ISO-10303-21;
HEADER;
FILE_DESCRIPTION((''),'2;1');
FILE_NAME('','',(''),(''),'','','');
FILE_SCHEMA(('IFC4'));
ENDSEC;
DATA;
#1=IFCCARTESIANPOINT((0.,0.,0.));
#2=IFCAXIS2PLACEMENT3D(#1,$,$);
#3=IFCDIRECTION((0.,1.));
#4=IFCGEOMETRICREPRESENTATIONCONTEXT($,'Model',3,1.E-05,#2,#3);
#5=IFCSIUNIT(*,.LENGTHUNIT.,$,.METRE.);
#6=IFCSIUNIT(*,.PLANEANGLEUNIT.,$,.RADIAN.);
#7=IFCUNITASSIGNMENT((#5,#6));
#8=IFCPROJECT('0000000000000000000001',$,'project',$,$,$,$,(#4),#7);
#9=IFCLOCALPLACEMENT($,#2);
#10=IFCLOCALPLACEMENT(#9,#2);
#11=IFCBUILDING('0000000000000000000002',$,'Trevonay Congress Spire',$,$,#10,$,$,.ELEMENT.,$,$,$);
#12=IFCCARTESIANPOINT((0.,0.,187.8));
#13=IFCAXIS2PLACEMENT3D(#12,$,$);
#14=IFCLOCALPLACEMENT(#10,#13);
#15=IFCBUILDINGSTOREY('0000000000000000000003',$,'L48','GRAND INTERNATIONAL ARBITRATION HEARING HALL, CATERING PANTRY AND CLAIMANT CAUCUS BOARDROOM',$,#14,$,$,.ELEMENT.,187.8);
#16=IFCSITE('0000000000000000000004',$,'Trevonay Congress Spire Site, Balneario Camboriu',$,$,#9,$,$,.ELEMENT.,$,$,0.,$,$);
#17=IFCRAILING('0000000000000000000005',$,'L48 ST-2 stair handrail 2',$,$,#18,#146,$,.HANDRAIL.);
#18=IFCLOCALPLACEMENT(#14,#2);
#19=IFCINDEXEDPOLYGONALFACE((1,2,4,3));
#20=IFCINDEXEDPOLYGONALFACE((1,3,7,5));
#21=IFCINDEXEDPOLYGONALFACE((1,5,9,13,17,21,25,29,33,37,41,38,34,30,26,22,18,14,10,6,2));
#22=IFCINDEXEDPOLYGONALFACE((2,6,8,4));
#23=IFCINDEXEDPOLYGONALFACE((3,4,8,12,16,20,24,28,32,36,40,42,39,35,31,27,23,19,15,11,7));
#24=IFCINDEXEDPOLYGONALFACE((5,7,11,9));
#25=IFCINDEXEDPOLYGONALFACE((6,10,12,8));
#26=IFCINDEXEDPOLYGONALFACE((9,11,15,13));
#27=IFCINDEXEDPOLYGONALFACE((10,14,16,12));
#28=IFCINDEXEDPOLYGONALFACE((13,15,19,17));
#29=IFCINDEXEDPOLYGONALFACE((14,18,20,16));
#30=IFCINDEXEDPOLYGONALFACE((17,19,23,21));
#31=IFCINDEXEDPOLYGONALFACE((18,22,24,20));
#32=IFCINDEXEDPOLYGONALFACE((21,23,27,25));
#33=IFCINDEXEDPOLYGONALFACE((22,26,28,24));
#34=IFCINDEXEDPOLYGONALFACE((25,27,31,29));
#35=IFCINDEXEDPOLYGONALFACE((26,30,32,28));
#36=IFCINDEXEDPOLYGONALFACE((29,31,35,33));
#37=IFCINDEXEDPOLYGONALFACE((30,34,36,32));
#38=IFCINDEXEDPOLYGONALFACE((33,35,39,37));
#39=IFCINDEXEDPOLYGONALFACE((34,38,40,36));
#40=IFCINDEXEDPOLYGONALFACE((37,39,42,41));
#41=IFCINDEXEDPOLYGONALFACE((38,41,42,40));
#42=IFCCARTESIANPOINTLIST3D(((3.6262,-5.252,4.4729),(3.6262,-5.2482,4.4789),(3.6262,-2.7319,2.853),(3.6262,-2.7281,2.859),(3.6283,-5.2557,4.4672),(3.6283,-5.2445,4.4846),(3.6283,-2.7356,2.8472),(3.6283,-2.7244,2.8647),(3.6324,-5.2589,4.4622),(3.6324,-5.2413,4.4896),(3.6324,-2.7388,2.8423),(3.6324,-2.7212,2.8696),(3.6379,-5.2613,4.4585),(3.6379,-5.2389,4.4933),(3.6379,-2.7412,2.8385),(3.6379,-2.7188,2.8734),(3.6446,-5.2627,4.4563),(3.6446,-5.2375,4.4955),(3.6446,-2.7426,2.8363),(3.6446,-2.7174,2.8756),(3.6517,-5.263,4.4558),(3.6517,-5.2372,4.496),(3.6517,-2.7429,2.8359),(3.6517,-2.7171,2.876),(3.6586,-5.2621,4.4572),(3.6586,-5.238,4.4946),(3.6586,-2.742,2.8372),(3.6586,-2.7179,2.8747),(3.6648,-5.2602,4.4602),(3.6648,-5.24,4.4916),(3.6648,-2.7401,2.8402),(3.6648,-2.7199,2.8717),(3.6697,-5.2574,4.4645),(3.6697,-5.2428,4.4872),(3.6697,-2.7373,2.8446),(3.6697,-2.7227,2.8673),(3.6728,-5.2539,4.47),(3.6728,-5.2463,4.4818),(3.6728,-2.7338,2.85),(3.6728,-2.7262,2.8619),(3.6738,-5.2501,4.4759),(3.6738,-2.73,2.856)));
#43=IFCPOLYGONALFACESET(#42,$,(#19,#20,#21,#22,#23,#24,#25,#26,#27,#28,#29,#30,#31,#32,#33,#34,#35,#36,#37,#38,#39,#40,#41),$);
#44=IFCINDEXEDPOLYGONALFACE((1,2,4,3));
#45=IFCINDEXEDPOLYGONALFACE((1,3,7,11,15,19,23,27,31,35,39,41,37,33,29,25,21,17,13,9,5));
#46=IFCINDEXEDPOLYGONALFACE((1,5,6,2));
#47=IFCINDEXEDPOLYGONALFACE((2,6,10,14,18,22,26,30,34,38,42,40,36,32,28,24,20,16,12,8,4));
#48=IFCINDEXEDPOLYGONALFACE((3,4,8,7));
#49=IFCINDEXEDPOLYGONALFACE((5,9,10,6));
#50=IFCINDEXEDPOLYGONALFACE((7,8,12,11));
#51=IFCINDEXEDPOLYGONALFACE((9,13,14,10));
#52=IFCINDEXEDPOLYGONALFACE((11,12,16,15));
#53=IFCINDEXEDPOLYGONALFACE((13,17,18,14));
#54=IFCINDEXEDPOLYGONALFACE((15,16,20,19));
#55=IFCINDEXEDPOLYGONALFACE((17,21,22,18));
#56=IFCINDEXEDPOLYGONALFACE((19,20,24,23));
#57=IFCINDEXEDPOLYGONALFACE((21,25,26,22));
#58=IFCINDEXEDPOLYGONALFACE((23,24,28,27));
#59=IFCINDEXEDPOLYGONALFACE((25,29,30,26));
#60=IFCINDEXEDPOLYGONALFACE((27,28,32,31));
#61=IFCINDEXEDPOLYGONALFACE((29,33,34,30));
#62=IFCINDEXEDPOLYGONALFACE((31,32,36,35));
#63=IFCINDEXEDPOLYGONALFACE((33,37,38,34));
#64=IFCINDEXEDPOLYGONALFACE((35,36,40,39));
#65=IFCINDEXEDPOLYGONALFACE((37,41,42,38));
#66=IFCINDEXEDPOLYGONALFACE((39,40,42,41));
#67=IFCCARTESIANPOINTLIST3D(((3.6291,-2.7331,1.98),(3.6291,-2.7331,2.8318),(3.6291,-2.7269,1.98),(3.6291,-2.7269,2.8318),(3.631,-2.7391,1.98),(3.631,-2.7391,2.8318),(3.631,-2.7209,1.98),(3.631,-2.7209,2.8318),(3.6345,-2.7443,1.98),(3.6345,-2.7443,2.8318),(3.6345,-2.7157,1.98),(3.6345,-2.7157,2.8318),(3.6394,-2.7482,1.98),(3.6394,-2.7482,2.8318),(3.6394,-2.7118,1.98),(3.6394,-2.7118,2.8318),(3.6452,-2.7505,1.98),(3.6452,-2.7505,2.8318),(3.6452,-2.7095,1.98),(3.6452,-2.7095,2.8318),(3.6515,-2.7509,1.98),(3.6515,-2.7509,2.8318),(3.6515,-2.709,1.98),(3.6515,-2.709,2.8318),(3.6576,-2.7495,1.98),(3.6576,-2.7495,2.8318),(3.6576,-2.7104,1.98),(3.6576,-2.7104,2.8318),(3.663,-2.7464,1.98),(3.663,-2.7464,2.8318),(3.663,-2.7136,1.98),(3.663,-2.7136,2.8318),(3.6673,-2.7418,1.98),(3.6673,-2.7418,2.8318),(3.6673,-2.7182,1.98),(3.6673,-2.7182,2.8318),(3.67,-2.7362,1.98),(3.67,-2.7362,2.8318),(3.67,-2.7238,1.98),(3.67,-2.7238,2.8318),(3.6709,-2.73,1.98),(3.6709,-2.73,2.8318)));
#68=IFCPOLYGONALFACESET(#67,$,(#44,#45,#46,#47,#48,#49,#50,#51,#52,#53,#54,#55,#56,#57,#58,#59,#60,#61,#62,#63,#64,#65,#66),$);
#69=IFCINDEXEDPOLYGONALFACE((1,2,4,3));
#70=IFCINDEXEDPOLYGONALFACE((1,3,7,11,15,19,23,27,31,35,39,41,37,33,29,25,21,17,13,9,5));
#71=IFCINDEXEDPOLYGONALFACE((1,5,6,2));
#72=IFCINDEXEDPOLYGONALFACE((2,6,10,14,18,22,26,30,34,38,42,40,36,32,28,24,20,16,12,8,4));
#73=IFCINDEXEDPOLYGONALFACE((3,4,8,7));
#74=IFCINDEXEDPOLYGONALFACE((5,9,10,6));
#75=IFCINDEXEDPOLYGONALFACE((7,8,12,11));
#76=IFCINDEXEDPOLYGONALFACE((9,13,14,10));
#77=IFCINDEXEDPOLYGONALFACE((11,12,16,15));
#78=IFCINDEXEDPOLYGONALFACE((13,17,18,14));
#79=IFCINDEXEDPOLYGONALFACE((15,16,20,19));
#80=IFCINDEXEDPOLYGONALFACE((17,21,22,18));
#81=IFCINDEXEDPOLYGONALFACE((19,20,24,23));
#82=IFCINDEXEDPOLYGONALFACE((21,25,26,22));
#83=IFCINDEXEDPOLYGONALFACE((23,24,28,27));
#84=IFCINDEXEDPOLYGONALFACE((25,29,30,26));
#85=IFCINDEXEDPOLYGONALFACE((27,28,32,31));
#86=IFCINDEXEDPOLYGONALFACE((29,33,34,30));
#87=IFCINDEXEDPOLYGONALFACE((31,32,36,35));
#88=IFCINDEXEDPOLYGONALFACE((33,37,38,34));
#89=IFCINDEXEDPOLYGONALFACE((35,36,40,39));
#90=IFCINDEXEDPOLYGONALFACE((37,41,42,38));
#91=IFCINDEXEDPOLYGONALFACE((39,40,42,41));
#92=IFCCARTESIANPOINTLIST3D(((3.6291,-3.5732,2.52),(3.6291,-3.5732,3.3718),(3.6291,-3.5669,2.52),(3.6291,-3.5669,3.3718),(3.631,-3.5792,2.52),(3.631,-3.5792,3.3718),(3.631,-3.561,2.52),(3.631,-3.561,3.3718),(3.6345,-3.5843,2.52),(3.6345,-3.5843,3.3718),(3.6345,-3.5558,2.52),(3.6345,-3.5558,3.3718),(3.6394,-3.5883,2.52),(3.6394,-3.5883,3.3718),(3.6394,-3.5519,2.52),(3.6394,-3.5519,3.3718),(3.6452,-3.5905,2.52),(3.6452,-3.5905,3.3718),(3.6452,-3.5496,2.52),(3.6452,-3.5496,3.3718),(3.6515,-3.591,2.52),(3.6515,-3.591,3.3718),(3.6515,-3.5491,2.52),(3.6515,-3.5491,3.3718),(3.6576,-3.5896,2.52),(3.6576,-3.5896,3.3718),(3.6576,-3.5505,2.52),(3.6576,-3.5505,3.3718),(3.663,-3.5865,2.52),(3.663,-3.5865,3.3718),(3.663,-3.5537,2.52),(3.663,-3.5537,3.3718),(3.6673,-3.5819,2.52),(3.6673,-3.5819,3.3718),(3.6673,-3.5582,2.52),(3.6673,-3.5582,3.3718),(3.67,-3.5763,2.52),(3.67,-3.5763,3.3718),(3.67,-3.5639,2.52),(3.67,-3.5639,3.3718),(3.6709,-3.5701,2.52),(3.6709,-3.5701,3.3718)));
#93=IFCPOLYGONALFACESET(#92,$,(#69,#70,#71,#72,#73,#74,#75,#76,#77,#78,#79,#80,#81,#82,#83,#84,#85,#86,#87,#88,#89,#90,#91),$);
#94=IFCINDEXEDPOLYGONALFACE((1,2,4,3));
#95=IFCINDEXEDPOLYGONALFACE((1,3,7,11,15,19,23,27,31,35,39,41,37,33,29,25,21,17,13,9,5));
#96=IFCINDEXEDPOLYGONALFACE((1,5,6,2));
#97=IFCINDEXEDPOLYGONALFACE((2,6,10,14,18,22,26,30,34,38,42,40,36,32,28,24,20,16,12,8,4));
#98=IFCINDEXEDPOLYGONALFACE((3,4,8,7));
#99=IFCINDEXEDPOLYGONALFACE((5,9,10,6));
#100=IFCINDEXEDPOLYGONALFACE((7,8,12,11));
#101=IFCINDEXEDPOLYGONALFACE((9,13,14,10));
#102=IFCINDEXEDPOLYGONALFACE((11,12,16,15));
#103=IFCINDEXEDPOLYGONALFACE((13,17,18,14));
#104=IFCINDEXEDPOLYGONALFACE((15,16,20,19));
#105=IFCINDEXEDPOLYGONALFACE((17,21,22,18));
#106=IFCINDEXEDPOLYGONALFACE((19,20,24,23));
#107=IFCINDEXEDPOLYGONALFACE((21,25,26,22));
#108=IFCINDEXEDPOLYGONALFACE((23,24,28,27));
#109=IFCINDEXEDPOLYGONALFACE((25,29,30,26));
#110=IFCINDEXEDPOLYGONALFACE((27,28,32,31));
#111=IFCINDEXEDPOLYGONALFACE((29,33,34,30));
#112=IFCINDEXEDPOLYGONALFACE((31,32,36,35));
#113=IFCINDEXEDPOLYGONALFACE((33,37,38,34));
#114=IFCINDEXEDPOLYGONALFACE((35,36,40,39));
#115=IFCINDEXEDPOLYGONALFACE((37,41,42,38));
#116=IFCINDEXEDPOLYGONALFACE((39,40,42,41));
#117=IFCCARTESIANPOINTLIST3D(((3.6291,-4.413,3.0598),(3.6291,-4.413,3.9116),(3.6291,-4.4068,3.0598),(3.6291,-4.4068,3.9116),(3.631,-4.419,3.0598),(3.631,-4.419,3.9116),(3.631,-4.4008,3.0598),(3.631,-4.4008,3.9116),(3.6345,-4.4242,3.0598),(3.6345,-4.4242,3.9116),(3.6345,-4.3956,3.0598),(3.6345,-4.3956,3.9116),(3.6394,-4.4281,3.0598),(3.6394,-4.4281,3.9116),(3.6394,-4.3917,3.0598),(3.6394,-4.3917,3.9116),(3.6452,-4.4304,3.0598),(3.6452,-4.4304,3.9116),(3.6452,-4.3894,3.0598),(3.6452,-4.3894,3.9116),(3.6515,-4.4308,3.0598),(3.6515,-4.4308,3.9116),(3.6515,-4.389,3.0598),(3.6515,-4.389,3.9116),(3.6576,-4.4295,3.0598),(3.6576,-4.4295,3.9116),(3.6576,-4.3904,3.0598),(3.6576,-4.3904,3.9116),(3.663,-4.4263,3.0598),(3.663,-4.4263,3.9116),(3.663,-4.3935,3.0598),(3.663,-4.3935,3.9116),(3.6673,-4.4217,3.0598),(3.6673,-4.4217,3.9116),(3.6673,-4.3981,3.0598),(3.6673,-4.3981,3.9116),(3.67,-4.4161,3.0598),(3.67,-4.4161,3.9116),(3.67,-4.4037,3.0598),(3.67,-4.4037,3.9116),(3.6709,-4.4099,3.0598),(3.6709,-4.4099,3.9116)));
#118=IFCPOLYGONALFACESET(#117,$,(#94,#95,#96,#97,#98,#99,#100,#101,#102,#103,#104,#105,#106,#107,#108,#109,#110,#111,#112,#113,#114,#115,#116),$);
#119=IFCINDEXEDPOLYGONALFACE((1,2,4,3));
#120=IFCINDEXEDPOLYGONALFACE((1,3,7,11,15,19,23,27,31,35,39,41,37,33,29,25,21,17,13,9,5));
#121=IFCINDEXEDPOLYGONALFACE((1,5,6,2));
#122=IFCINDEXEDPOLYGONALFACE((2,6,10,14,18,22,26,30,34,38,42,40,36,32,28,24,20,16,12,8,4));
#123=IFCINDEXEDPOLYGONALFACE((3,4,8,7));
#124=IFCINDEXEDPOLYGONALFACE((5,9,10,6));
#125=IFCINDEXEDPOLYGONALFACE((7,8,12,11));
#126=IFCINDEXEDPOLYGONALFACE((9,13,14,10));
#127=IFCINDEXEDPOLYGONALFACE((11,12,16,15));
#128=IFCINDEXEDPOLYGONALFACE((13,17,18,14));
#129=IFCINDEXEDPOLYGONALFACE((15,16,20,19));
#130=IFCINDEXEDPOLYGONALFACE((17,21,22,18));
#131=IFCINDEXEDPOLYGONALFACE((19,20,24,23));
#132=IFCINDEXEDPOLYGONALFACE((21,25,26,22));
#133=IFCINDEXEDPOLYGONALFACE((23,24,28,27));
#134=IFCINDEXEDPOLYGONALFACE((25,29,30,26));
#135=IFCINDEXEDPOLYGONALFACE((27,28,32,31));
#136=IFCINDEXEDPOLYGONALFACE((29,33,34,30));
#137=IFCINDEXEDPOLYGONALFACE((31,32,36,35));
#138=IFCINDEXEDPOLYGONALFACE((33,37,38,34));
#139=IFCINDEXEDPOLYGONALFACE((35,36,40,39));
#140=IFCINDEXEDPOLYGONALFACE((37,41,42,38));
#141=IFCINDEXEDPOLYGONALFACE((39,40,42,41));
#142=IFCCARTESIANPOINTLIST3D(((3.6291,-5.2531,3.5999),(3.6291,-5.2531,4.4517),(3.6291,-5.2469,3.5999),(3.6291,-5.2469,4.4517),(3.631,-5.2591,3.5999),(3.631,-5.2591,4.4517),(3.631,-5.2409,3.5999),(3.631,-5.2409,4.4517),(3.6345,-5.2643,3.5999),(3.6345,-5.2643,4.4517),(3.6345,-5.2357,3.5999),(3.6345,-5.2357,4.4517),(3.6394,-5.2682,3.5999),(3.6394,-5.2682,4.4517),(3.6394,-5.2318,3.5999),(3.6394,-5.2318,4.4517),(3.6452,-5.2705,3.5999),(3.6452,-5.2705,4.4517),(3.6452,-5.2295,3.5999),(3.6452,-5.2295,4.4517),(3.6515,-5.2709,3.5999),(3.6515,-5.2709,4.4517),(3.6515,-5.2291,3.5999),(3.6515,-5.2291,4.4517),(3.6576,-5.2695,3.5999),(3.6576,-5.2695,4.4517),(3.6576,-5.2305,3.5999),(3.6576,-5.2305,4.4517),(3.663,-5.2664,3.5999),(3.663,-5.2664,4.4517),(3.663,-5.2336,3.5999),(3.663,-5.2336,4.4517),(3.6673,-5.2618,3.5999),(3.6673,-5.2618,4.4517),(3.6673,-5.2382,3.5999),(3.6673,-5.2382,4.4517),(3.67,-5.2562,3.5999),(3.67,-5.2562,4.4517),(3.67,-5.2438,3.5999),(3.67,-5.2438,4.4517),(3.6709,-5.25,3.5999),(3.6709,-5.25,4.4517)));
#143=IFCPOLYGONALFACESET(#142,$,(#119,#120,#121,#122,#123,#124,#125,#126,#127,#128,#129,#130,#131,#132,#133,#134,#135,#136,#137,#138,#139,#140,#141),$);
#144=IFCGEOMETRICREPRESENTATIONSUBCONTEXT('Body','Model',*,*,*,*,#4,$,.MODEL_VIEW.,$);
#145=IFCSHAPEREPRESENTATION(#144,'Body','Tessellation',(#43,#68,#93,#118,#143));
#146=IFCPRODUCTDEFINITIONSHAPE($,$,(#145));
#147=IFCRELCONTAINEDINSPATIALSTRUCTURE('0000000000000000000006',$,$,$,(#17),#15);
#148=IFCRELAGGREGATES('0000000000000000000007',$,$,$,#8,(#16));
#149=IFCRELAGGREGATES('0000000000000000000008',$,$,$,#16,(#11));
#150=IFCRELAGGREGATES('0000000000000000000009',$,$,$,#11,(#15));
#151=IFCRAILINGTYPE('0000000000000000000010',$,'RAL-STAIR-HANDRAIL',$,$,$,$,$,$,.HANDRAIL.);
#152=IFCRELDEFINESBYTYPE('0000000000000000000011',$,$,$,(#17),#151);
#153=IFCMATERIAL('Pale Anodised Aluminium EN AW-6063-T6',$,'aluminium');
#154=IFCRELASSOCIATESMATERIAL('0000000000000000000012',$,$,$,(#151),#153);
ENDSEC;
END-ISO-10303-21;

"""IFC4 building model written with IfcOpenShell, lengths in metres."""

from ifc_helpers import new_model, si_unit, direction, frame, origin, origin_2d, place, context, subcontext, project, spatial, circle, extrude, material, type_object, element, save


model = new_model("IFC4")

# Units and contexts
model_context = context("Model", 3, precision=1e-05, world=origin(), true_north=direction((0.0, 1.0)))
body_context = subcontext(model_context, "Body", "Model", "MODEL_VIEW")
ifc_project = project(units=[si_unit("LENGTHUNIT", "METRE"), si_unit("PLANEANGLEUNIT", "RADIAN")], contexts=[model_context])

# Site, building, storey
site_placement = place(None, origin())
site = spatial("IfcSite", under=ifc_project, at=site_placement, Name="Trevonay Congress Spire Site, Balneario Camboriu", CompositionType="ELEMENT", RefElevation=0.0)
building_placement = place(site_placement, origin())
building = spatial("IfcBuilding", under=site, at=building_placement, Name="Trevonay Congress Spire", CompositionType="ELEMENT")
storey_placement = place(building_placement, frame((0.0, 0.0, 187.8)))
storey = spatial("IfcBuildingStorey", under=building, at=storey_placement, Name="L48", Description="GRAND INTERNATIONAL ARBITRATION HEARING HALL, CATERING PANTRY AND CLAIMANT CAUCUS BOARDROOM", CompositionType="ELEMENT", Elevation=187.8)

# Shared definitions
ifc_material_1 = material(Name="Pale Anodised Aluminium EN AW-6063-T6", Category="aluminium")

# Railing
railing_type_1 = type_object("IfcRailingType", Name="RAL-STAIR-HANDRAIL", PredefinedType="HANDRAIL", material=ifc_material_1)
railing_1_placement = place(storey_placement, frame((3.6499, -2.73, 1.98)))
element("IfcRailing", 1, at=railing_1_placement, inside=storey, type_object=railing_type_1, Name="L48 ST-2 stair handrail 2", PredefinedType="HANDRAIL", context=body_context, shape_type="SweptSolid", body=[
    extrude(circle(Radius=0.0239, at=origin_2d()), frame((0.0, 0.0, 0.876), z_axis=(0.0, -0.8412, 0.540725), x_axis=(1.0, 0.0, 0.0)), (0.0, 0.0, 1.0), 2.9958),
    extrude(circle(Radius=0.021, at=origin_2d()), origin(), (0.0, 0.0, 1.0), 0.8518),
    extrude(circle(Radius=0.021, at=origin_2d()), frame((0.0, -0.8401, 0.54)), (0.0, 0.0, 1.0), 0.8518),
    extrude(circle(Radius=0.021, at=origin_2d()), frame((0.0, -1.6799, 1.0798)), (0.0, 0.0, 1.0), 0.8518),
    extrude(circle(Radius=0.021, at=origin_2d()), frame((0.0, -2.52, 1.6199)), (0.0, 0.0, 1.0), 0.8518),
])

save(model, "model.ifc")
